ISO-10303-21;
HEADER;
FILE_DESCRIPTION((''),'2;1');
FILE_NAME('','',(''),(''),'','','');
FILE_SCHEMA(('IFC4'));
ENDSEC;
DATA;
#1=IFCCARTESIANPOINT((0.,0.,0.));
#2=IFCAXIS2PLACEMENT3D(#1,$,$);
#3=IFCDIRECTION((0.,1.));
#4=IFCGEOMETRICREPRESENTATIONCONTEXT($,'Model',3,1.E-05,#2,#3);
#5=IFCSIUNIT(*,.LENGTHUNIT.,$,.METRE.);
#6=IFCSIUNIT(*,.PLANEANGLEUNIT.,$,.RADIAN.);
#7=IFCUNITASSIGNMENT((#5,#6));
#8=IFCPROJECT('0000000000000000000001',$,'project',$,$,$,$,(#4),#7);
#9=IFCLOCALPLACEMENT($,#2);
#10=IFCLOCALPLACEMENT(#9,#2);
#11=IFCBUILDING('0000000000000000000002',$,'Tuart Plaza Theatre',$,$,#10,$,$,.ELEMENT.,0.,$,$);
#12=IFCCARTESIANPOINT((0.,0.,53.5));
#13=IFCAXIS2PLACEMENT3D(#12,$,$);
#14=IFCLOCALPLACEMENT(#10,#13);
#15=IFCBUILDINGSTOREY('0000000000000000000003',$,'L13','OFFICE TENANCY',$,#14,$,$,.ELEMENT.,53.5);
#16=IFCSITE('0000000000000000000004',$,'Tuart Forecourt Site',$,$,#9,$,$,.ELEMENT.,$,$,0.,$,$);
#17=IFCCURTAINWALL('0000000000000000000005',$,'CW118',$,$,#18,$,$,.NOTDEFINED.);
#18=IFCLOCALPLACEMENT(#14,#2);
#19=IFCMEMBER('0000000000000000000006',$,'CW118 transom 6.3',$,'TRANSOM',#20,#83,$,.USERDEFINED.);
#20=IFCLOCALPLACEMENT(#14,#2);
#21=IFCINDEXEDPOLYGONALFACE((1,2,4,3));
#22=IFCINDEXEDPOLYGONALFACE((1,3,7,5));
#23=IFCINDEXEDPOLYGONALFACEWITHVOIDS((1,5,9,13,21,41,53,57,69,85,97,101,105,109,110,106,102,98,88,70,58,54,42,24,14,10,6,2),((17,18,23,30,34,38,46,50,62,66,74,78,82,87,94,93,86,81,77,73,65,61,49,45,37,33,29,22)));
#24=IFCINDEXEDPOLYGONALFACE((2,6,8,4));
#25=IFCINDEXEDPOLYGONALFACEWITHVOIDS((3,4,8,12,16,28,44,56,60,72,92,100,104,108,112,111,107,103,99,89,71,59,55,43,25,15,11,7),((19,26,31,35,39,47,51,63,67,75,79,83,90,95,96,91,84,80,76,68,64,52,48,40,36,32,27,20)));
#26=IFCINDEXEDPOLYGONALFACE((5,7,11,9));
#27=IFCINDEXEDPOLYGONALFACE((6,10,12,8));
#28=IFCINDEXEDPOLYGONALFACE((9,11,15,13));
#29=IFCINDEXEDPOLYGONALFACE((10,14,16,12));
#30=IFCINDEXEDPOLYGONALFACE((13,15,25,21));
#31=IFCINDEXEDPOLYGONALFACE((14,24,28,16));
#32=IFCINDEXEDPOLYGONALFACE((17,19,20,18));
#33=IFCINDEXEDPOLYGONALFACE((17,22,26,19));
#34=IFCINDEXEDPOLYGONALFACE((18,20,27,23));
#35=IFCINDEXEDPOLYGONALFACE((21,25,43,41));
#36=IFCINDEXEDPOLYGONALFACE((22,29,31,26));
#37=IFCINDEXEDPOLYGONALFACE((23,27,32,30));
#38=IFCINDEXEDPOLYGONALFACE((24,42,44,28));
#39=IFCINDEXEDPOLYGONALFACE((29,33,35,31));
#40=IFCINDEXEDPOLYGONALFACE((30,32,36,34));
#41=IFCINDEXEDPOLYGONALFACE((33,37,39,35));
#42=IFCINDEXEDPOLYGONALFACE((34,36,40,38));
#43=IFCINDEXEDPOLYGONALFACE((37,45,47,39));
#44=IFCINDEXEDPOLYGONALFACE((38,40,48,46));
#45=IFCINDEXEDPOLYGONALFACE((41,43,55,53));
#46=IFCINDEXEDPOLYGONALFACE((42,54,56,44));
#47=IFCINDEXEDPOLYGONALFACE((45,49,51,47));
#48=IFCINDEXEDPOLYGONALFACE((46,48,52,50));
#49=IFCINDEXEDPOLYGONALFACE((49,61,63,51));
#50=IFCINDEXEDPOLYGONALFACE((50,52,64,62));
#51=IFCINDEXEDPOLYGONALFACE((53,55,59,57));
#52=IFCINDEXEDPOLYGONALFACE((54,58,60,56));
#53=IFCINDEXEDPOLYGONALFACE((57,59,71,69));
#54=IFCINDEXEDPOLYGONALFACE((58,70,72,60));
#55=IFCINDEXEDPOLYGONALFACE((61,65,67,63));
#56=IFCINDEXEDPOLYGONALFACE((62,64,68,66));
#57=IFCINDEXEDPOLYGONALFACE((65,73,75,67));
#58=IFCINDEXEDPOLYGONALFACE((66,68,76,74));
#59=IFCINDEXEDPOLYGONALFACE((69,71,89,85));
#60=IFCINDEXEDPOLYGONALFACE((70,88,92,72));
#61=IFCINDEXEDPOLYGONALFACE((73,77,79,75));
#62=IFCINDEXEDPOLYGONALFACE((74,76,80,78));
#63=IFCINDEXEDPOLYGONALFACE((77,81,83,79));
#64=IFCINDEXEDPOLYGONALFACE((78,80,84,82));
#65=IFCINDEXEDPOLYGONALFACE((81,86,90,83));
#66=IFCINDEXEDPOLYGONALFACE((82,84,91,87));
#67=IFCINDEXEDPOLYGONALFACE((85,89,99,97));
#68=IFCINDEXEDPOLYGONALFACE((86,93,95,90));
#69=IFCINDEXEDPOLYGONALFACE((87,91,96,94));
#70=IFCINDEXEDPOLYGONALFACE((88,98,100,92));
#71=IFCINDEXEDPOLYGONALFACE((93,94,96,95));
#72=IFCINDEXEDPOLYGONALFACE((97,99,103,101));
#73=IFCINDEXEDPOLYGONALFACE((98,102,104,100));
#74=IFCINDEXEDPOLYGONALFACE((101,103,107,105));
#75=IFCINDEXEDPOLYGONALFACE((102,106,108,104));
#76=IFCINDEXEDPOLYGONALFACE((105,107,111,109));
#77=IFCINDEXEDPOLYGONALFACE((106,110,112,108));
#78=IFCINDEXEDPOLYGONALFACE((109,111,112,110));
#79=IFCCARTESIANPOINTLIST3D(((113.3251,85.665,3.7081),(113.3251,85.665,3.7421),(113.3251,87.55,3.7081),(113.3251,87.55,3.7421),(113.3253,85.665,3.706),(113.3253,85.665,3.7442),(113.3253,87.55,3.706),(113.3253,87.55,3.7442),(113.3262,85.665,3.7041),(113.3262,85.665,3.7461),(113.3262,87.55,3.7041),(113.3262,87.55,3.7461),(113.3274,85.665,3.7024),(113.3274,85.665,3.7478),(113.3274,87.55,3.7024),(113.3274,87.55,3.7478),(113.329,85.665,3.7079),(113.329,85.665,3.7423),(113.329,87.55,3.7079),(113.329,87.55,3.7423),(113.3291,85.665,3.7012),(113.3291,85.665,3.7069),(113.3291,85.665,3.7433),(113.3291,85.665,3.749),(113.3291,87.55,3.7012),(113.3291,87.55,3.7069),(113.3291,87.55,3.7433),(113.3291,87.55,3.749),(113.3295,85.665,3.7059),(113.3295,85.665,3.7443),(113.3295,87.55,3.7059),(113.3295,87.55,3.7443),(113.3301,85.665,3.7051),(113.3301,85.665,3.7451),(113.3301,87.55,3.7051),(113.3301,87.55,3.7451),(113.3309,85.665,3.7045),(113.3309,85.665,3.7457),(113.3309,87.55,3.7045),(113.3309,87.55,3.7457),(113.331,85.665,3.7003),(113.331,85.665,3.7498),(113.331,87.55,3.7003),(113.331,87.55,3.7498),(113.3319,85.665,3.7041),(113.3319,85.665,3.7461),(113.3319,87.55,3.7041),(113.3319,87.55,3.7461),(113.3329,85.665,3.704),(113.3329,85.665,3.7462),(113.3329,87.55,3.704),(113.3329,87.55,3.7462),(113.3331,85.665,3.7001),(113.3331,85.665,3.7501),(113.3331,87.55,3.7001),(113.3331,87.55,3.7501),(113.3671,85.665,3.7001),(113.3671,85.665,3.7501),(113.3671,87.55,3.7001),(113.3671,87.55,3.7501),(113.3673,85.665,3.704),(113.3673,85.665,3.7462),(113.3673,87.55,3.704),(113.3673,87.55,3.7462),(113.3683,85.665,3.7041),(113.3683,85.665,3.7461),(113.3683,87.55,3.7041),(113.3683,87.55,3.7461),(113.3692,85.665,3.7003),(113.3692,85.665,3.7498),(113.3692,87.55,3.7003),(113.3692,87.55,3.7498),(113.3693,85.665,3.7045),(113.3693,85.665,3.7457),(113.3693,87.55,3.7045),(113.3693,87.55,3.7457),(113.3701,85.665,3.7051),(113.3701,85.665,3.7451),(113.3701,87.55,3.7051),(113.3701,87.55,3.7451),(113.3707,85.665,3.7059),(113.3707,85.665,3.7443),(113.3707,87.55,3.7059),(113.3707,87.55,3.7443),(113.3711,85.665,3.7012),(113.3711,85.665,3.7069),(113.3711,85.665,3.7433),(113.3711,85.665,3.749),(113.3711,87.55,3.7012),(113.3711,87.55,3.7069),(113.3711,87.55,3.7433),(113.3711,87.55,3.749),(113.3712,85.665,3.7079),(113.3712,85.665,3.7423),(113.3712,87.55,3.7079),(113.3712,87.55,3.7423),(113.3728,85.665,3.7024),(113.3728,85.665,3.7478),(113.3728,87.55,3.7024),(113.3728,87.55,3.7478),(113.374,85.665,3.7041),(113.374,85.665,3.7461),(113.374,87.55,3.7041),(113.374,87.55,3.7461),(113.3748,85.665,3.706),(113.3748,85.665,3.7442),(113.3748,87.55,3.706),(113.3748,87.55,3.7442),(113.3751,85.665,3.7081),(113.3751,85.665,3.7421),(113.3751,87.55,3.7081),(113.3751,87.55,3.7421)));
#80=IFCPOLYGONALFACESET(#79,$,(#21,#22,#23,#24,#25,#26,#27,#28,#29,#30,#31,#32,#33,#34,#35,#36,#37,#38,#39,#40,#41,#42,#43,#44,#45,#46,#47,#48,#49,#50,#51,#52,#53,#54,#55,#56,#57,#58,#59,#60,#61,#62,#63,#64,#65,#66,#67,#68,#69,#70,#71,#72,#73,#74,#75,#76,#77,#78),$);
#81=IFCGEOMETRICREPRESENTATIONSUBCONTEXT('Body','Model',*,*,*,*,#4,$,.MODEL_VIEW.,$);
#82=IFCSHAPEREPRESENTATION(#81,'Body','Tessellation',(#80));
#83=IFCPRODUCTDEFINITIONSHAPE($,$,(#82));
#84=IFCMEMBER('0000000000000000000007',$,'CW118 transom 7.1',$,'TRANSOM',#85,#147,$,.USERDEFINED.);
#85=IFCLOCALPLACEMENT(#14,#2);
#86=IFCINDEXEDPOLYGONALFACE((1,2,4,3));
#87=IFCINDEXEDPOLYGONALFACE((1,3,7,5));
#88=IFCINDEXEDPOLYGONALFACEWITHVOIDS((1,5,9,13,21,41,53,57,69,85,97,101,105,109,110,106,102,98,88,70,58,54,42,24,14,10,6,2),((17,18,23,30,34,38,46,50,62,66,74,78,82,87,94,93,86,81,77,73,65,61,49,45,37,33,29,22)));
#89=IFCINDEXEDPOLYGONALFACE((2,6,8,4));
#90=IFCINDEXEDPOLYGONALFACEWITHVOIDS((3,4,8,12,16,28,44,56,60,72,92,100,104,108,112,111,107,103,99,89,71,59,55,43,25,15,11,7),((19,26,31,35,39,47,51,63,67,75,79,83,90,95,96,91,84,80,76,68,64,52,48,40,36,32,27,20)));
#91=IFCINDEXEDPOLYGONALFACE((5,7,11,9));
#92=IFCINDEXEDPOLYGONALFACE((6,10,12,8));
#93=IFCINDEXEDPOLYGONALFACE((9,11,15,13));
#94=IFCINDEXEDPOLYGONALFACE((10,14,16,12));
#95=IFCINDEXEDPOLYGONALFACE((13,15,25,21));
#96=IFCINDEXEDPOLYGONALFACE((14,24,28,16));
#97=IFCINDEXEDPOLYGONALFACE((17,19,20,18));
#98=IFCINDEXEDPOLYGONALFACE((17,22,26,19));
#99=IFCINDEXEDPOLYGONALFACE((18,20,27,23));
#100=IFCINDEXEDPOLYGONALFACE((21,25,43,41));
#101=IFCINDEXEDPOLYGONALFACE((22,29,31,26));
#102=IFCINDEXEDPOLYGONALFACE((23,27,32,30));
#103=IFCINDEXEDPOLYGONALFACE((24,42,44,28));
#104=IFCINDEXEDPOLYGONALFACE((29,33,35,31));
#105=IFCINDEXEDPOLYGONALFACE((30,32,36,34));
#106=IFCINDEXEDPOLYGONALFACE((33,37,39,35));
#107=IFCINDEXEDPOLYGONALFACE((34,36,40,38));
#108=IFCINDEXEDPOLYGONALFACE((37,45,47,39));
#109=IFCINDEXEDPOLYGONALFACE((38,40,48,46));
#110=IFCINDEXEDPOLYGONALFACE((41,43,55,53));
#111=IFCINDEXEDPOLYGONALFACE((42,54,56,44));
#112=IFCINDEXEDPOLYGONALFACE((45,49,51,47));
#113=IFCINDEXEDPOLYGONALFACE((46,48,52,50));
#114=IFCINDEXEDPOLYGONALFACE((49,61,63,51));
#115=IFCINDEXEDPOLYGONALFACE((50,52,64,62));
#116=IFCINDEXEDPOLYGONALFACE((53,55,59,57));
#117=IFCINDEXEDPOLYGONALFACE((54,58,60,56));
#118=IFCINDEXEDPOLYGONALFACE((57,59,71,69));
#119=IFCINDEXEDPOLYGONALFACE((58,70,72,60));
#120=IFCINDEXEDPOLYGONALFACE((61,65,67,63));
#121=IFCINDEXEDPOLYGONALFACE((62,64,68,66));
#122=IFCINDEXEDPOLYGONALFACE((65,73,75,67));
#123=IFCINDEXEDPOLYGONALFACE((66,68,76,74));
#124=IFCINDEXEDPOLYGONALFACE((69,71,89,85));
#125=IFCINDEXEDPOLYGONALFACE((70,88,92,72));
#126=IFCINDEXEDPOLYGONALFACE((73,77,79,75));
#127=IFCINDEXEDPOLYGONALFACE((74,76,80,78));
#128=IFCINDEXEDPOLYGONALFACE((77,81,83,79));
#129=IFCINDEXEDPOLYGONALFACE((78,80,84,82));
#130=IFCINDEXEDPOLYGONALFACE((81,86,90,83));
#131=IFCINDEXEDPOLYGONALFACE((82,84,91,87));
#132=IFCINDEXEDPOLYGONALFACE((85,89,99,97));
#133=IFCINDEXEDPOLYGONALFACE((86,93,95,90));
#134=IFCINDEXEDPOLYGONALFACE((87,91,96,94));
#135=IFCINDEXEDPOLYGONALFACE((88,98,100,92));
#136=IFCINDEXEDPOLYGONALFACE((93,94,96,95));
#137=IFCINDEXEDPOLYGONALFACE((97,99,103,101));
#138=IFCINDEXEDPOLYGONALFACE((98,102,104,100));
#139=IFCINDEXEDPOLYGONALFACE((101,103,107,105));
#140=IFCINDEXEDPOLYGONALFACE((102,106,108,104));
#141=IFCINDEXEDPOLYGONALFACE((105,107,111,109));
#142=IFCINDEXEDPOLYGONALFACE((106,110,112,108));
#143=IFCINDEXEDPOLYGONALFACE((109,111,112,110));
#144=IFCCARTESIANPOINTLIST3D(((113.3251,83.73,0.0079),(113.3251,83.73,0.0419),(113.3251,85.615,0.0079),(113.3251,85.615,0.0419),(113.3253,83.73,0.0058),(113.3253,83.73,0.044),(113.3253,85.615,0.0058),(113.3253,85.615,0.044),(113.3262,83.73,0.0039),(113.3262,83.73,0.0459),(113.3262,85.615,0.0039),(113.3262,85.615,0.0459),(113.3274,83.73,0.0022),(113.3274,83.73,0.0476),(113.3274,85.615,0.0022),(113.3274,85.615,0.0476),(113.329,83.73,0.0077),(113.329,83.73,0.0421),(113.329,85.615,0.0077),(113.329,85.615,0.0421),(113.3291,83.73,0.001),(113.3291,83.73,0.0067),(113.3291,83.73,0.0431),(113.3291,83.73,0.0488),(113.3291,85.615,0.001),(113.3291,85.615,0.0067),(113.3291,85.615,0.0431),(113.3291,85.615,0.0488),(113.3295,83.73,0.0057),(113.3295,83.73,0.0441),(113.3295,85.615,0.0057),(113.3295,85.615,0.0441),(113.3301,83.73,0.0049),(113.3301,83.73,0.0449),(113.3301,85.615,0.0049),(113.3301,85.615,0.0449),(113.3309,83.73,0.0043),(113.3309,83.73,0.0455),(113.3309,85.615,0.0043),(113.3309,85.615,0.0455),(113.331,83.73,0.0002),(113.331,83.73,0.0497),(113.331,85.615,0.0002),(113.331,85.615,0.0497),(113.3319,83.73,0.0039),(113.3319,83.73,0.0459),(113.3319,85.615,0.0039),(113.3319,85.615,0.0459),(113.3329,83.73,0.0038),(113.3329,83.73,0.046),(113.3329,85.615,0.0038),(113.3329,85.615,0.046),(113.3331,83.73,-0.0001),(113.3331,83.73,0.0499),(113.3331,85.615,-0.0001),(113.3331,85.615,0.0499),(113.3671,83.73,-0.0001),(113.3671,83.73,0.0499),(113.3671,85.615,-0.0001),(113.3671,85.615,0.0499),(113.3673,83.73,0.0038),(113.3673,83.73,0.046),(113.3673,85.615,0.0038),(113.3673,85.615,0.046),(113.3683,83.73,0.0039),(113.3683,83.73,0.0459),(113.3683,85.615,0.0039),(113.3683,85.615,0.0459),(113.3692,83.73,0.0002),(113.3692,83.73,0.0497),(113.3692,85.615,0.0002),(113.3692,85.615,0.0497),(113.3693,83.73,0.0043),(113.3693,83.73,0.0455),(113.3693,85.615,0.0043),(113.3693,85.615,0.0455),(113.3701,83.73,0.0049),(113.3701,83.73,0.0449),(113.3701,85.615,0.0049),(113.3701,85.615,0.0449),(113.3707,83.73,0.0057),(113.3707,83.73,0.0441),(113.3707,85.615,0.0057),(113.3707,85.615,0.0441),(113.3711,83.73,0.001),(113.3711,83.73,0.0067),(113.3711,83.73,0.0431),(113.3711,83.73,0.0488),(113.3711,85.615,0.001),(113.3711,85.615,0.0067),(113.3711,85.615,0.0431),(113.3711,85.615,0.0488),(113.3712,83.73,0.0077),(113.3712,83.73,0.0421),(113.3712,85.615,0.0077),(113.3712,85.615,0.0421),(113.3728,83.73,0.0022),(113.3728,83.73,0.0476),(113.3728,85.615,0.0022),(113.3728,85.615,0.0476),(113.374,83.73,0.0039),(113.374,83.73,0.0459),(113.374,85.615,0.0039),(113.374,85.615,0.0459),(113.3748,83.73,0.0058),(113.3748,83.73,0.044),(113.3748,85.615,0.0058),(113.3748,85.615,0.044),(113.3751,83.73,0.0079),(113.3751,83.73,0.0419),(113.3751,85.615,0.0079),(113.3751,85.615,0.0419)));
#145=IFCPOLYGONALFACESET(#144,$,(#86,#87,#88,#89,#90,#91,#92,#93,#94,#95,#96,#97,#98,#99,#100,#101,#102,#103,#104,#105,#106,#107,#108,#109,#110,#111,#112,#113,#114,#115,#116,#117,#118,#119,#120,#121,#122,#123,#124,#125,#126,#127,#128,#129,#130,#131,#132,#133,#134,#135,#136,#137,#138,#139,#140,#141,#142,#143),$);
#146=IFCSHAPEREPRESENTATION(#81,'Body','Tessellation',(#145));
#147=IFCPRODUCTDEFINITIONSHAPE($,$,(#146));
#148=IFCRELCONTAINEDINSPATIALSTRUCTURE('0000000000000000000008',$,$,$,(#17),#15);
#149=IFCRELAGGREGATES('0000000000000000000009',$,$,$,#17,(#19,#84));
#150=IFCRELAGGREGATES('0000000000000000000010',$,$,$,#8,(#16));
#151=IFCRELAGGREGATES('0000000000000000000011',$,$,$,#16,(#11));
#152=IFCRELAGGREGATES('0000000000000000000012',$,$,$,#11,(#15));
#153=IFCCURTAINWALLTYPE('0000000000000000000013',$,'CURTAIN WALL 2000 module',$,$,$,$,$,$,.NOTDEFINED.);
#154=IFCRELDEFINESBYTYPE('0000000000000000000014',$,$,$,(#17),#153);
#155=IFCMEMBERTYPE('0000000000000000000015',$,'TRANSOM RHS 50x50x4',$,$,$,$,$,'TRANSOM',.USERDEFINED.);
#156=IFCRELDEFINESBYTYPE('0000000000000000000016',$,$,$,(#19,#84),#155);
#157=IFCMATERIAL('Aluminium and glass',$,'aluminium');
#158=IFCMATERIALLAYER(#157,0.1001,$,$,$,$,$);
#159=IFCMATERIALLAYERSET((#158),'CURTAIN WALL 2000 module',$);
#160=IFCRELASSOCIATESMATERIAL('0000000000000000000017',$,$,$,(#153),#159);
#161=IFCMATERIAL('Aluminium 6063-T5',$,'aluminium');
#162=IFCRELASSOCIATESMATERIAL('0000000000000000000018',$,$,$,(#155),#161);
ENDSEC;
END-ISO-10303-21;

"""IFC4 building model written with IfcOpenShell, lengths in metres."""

from ifc_helpers import new_model, si_unit, direction, frame, origin, origin_2d, place, context, subcontext, project, spatial, hollow_rectangle, extrude, material, layer, layer_set, material_profile, profile_set, type_object, element, aggregate, save


model = new_model("IFC4")

# Units and contexts
model_context = context("Model", 3, precision=1e-05, world=origin(), true_north=direction((0.0, 1.0)))
body_context = subcontext(model_context, "Body", "Model", "MODEL_VIEW")
ifc_project = project(units=[si_unit("LENGTHUNIT", "METRE"), si_unit("PLANEANGLEUNIT", "RADIAN")], contexts=[model_context])

# Site, building, storey
site_placement = place(None, origin())
site = spatial("IfcSite", under=ifc_project, at=site_placement, Name="Tuart Forecourt Site", CompositionType="ELEMENT", RefElevation=0.0)
building_placement = place(site_placement, origin())
building = spatial("IfcBuilding", under=site, at=building_placement, Name="Tuart Plaza Theatre", CompositionType="ELEMENT", ElevationOfRefHeight=0.0)
storey_placement = place(building_placement, frame((0.0, 0.0, 53.5)))
storey = spatial("IfcBuildingStorey", under=building, at=storey_placement, Name="L13", Description="OFFICE TENANCY", CompositionType="ELEMENT", Elevation=53.5)

# Curtain wall, members
ifc_material_1 = material(Name="Aluminium and glass", Category="aluminium")
ifc_layer_1 = layer(ifc_material_1, 0.1001)
ifc_layer_set_1 = layer_set([ifc_layer_1], Name="CURTAIN WALL 2000 module")
curtain_wall_type = type_object("IfcCurtainWallType", Name="CURTAIN WALL 2000 module", PredefinedType="NOTDEFINED", material=ifc_layer_set_1)
curtain_wall_1_placement = place(storey_placement, origin())
curtain_wall_1 = element("IfcCurtainWall", 1, at=curtain_wall_1_placement, inside=storey, type_object=curtain_wall_type, Name="CW118", PredefinedType="NOTDEFINED")
ifc_material_2 = material(Name="Aluminium 6063-T5", Category="aluminium")
ifc_material_profile_1 = material_profile(ifc_material_2, hollow_rectangle(XDim=0.05, YDim=0.05, WallThickness=0.0039, InnerFilletRadius=0.0039, OuterFilletRadius=0.0081, at=origin_2d()), Name="RHS 50x50x4")
ifc_profile_set_1 = profile_set([ifc_material_profile_1], Name="Aluminium 6063-T5")
member_type_1 = type_object("IfcMemberType", Name="TRANSOM RHS 50x50x4", ElementType="TRANSOM", PredefinedType="USERDEFINED", material=ifc_profile_set_1)
member_1_placement = place(storey_placement, frame((113.3501, 87.55, 3.7251), z_axis=(0.0, -1.0, 0.0), x_axis=(1.0, 0.0, 0.0)))
member_1 = element("IfcMember", 2, at=member_1_placement, type_object=member_type_1, Name="CW118 transom 6.3", ObjectType="TRANSOM", PredefinedType="USERDEFINED", context=body_context, shape_type="SweptSolid", body=[
    extrude(hollow_rectangle(XDim=0.05, YDim=0.05, WallThickness=0.0039, InnerFilletRadius=0.0039, OuterFilletRadius=0.0081, at=origin_2d()), origin(), (0.0, 0.0, 1.0), 1.885),
])
member_2_placement = place(storey_placement, frame((113.3501, 85.615, 0.0249), z_axis=(0.0, -1.0, 0.0), x_axis=(1.0, 0.0, 0.0)))
member_2 = element("IfcMember", 3, at=member_2_placement, type_object=member_type_1, Name="CW118 transom 7.1", ObjectType="TRANSOM", PredefinedType="USERDEFINED", context=body_context, shape_type="SweptSolid", body=[
    extrude(hollow_rectangle(XDim=0.05, YDim=0.05, WallThickness=0.0039, InnerFilletRadius=0.0039, OuterFilletRadius=0.0081, at=origin_2d()), origin(), (0.0, 0.0, 1.0), 1.885),
])

aggregate(curtain_wall_1, [member_1, member_2])

save(model, "model.ifc")
